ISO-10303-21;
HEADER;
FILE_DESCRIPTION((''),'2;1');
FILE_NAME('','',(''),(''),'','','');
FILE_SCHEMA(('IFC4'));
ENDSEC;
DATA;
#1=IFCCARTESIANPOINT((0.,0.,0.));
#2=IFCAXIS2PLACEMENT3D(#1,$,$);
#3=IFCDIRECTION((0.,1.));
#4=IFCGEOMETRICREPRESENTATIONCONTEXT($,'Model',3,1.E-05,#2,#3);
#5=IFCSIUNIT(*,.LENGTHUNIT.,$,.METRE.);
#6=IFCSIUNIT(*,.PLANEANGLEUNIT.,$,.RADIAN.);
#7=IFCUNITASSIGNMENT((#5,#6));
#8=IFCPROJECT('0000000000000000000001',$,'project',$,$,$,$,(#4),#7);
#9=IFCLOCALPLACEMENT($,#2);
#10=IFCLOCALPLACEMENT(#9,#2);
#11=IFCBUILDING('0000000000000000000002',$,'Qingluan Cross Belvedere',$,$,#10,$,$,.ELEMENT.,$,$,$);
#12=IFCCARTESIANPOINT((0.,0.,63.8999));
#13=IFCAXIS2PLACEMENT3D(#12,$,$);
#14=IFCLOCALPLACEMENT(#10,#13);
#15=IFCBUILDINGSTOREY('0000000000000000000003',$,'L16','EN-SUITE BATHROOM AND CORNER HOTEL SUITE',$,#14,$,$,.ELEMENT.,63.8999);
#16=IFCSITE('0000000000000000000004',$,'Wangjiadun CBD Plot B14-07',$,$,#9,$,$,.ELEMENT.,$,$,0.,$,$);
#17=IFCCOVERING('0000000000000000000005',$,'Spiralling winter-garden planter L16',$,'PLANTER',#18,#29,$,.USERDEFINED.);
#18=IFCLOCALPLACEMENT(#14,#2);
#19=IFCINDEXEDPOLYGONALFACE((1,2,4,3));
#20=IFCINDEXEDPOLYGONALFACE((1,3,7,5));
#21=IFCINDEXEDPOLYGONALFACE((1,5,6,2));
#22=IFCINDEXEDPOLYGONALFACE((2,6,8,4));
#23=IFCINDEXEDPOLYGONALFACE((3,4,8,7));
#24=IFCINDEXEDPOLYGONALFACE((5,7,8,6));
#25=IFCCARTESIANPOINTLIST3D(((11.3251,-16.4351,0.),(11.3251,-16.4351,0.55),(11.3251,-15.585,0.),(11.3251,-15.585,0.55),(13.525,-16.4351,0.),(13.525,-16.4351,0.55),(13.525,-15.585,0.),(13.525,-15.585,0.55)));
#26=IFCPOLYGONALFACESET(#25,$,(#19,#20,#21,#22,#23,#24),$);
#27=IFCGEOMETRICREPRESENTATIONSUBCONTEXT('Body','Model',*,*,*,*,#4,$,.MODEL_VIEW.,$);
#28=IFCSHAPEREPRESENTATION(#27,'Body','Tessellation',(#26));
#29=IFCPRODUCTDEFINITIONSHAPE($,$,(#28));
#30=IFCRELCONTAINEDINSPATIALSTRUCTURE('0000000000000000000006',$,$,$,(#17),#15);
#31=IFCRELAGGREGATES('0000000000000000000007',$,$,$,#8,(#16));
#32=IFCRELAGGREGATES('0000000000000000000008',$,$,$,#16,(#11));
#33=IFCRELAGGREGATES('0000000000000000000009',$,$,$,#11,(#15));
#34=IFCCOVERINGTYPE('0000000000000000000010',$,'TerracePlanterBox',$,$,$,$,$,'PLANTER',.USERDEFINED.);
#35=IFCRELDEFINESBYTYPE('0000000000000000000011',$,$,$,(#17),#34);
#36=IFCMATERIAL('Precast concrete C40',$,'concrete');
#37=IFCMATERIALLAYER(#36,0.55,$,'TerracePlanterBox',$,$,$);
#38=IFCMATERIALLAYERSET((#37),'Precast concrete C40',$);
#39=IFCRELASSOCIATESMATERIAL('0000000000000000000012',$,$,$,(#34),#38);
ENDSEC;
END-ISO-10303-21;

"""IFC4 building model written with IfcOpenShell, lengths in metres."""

from ifc_helpers import new_model, si_unit, direction, frame, origin, origin_2d, place, context, subcontext, project, spatial, rectangle, extrude, material, layer, layer_set, type_object, element, save


model = new_model("IFC4")

# Units and contexts
model_context = context("Model", 3, precision=1e-05, world=origin(), true_north=direction((0.0, 1.0)))
body_context = subcontext(model_context, "Body", "Model", "MODEL_VIEW")
ifc_project = project(units=[si_unit("LENGTHUNIT", "METRE"), si_unit("PLANEANGLEUNIT", "RADIAN")], contexts=[model_context])

# Site, building, storey
site_placement = place(None, origin())
site = spatial("IfcSite", under=ifc_project, at=site_placement, Name="Wangjiadun CBD Plot B14-07", CompositionType="ELEMENT", RefElevation=0.0)
building_placement = place(site_placement, origin())
building = spatial("IfcBuilding", under=site, at=building_placement, Name="Qingluan Cross Belvedere", CompositionType="ELEMENT")
storey_placement = place(building_placement, frame((0.0, 0.0, 63.8999)))
storey = spatial("IfcBuildingStorey", under=building, at=storey_placement, Name="L16", Description="EN-SUITE BATHROOM AND CORNER HOTEL SUITE", CompositionType="ELEMENT", Elevation=63.8999)

# Covering
ifc_material_1 = material(Name="Precast concrete C40", Category="concrete")
ifc_layer_1 = layer(ifc_material_1, 0.55, Name="TerracePlanterBox")
ifc_layer_set_1 = layer_set([ifc_layer_1], Name="Precast concrete C40")
covering_type_1 = type_object("IfcCoveringType", Name="TerracePlanterBox", ElementType="PLANTER", PredefinedType="USERDEFINED", material=ifc_layer_set_1)
covering_1_placement = place(storey_placement, frame((12.425, -16.01, 0.0), z_axis=(0.0, 0.0, 1.0), x_axis=(1.0, 0.0, 0.0)))
element("IfcCovering", 1, at=covering_1_placement, inside=storey, type_object=covering_type_1, Name="Spiralling winter-garden planter L16", ObjectType="PLANTER", PredefinedType="USERDEFINED", context=body_context, shape_type="SweptSolid", body=[
    extrude(rectangle(XDim=2.2, YDim=0.8501, at=origin_2d()), origin(), (0.0, 0.0, 1.0), 0.55),
])

save(model, "model.ifc")
